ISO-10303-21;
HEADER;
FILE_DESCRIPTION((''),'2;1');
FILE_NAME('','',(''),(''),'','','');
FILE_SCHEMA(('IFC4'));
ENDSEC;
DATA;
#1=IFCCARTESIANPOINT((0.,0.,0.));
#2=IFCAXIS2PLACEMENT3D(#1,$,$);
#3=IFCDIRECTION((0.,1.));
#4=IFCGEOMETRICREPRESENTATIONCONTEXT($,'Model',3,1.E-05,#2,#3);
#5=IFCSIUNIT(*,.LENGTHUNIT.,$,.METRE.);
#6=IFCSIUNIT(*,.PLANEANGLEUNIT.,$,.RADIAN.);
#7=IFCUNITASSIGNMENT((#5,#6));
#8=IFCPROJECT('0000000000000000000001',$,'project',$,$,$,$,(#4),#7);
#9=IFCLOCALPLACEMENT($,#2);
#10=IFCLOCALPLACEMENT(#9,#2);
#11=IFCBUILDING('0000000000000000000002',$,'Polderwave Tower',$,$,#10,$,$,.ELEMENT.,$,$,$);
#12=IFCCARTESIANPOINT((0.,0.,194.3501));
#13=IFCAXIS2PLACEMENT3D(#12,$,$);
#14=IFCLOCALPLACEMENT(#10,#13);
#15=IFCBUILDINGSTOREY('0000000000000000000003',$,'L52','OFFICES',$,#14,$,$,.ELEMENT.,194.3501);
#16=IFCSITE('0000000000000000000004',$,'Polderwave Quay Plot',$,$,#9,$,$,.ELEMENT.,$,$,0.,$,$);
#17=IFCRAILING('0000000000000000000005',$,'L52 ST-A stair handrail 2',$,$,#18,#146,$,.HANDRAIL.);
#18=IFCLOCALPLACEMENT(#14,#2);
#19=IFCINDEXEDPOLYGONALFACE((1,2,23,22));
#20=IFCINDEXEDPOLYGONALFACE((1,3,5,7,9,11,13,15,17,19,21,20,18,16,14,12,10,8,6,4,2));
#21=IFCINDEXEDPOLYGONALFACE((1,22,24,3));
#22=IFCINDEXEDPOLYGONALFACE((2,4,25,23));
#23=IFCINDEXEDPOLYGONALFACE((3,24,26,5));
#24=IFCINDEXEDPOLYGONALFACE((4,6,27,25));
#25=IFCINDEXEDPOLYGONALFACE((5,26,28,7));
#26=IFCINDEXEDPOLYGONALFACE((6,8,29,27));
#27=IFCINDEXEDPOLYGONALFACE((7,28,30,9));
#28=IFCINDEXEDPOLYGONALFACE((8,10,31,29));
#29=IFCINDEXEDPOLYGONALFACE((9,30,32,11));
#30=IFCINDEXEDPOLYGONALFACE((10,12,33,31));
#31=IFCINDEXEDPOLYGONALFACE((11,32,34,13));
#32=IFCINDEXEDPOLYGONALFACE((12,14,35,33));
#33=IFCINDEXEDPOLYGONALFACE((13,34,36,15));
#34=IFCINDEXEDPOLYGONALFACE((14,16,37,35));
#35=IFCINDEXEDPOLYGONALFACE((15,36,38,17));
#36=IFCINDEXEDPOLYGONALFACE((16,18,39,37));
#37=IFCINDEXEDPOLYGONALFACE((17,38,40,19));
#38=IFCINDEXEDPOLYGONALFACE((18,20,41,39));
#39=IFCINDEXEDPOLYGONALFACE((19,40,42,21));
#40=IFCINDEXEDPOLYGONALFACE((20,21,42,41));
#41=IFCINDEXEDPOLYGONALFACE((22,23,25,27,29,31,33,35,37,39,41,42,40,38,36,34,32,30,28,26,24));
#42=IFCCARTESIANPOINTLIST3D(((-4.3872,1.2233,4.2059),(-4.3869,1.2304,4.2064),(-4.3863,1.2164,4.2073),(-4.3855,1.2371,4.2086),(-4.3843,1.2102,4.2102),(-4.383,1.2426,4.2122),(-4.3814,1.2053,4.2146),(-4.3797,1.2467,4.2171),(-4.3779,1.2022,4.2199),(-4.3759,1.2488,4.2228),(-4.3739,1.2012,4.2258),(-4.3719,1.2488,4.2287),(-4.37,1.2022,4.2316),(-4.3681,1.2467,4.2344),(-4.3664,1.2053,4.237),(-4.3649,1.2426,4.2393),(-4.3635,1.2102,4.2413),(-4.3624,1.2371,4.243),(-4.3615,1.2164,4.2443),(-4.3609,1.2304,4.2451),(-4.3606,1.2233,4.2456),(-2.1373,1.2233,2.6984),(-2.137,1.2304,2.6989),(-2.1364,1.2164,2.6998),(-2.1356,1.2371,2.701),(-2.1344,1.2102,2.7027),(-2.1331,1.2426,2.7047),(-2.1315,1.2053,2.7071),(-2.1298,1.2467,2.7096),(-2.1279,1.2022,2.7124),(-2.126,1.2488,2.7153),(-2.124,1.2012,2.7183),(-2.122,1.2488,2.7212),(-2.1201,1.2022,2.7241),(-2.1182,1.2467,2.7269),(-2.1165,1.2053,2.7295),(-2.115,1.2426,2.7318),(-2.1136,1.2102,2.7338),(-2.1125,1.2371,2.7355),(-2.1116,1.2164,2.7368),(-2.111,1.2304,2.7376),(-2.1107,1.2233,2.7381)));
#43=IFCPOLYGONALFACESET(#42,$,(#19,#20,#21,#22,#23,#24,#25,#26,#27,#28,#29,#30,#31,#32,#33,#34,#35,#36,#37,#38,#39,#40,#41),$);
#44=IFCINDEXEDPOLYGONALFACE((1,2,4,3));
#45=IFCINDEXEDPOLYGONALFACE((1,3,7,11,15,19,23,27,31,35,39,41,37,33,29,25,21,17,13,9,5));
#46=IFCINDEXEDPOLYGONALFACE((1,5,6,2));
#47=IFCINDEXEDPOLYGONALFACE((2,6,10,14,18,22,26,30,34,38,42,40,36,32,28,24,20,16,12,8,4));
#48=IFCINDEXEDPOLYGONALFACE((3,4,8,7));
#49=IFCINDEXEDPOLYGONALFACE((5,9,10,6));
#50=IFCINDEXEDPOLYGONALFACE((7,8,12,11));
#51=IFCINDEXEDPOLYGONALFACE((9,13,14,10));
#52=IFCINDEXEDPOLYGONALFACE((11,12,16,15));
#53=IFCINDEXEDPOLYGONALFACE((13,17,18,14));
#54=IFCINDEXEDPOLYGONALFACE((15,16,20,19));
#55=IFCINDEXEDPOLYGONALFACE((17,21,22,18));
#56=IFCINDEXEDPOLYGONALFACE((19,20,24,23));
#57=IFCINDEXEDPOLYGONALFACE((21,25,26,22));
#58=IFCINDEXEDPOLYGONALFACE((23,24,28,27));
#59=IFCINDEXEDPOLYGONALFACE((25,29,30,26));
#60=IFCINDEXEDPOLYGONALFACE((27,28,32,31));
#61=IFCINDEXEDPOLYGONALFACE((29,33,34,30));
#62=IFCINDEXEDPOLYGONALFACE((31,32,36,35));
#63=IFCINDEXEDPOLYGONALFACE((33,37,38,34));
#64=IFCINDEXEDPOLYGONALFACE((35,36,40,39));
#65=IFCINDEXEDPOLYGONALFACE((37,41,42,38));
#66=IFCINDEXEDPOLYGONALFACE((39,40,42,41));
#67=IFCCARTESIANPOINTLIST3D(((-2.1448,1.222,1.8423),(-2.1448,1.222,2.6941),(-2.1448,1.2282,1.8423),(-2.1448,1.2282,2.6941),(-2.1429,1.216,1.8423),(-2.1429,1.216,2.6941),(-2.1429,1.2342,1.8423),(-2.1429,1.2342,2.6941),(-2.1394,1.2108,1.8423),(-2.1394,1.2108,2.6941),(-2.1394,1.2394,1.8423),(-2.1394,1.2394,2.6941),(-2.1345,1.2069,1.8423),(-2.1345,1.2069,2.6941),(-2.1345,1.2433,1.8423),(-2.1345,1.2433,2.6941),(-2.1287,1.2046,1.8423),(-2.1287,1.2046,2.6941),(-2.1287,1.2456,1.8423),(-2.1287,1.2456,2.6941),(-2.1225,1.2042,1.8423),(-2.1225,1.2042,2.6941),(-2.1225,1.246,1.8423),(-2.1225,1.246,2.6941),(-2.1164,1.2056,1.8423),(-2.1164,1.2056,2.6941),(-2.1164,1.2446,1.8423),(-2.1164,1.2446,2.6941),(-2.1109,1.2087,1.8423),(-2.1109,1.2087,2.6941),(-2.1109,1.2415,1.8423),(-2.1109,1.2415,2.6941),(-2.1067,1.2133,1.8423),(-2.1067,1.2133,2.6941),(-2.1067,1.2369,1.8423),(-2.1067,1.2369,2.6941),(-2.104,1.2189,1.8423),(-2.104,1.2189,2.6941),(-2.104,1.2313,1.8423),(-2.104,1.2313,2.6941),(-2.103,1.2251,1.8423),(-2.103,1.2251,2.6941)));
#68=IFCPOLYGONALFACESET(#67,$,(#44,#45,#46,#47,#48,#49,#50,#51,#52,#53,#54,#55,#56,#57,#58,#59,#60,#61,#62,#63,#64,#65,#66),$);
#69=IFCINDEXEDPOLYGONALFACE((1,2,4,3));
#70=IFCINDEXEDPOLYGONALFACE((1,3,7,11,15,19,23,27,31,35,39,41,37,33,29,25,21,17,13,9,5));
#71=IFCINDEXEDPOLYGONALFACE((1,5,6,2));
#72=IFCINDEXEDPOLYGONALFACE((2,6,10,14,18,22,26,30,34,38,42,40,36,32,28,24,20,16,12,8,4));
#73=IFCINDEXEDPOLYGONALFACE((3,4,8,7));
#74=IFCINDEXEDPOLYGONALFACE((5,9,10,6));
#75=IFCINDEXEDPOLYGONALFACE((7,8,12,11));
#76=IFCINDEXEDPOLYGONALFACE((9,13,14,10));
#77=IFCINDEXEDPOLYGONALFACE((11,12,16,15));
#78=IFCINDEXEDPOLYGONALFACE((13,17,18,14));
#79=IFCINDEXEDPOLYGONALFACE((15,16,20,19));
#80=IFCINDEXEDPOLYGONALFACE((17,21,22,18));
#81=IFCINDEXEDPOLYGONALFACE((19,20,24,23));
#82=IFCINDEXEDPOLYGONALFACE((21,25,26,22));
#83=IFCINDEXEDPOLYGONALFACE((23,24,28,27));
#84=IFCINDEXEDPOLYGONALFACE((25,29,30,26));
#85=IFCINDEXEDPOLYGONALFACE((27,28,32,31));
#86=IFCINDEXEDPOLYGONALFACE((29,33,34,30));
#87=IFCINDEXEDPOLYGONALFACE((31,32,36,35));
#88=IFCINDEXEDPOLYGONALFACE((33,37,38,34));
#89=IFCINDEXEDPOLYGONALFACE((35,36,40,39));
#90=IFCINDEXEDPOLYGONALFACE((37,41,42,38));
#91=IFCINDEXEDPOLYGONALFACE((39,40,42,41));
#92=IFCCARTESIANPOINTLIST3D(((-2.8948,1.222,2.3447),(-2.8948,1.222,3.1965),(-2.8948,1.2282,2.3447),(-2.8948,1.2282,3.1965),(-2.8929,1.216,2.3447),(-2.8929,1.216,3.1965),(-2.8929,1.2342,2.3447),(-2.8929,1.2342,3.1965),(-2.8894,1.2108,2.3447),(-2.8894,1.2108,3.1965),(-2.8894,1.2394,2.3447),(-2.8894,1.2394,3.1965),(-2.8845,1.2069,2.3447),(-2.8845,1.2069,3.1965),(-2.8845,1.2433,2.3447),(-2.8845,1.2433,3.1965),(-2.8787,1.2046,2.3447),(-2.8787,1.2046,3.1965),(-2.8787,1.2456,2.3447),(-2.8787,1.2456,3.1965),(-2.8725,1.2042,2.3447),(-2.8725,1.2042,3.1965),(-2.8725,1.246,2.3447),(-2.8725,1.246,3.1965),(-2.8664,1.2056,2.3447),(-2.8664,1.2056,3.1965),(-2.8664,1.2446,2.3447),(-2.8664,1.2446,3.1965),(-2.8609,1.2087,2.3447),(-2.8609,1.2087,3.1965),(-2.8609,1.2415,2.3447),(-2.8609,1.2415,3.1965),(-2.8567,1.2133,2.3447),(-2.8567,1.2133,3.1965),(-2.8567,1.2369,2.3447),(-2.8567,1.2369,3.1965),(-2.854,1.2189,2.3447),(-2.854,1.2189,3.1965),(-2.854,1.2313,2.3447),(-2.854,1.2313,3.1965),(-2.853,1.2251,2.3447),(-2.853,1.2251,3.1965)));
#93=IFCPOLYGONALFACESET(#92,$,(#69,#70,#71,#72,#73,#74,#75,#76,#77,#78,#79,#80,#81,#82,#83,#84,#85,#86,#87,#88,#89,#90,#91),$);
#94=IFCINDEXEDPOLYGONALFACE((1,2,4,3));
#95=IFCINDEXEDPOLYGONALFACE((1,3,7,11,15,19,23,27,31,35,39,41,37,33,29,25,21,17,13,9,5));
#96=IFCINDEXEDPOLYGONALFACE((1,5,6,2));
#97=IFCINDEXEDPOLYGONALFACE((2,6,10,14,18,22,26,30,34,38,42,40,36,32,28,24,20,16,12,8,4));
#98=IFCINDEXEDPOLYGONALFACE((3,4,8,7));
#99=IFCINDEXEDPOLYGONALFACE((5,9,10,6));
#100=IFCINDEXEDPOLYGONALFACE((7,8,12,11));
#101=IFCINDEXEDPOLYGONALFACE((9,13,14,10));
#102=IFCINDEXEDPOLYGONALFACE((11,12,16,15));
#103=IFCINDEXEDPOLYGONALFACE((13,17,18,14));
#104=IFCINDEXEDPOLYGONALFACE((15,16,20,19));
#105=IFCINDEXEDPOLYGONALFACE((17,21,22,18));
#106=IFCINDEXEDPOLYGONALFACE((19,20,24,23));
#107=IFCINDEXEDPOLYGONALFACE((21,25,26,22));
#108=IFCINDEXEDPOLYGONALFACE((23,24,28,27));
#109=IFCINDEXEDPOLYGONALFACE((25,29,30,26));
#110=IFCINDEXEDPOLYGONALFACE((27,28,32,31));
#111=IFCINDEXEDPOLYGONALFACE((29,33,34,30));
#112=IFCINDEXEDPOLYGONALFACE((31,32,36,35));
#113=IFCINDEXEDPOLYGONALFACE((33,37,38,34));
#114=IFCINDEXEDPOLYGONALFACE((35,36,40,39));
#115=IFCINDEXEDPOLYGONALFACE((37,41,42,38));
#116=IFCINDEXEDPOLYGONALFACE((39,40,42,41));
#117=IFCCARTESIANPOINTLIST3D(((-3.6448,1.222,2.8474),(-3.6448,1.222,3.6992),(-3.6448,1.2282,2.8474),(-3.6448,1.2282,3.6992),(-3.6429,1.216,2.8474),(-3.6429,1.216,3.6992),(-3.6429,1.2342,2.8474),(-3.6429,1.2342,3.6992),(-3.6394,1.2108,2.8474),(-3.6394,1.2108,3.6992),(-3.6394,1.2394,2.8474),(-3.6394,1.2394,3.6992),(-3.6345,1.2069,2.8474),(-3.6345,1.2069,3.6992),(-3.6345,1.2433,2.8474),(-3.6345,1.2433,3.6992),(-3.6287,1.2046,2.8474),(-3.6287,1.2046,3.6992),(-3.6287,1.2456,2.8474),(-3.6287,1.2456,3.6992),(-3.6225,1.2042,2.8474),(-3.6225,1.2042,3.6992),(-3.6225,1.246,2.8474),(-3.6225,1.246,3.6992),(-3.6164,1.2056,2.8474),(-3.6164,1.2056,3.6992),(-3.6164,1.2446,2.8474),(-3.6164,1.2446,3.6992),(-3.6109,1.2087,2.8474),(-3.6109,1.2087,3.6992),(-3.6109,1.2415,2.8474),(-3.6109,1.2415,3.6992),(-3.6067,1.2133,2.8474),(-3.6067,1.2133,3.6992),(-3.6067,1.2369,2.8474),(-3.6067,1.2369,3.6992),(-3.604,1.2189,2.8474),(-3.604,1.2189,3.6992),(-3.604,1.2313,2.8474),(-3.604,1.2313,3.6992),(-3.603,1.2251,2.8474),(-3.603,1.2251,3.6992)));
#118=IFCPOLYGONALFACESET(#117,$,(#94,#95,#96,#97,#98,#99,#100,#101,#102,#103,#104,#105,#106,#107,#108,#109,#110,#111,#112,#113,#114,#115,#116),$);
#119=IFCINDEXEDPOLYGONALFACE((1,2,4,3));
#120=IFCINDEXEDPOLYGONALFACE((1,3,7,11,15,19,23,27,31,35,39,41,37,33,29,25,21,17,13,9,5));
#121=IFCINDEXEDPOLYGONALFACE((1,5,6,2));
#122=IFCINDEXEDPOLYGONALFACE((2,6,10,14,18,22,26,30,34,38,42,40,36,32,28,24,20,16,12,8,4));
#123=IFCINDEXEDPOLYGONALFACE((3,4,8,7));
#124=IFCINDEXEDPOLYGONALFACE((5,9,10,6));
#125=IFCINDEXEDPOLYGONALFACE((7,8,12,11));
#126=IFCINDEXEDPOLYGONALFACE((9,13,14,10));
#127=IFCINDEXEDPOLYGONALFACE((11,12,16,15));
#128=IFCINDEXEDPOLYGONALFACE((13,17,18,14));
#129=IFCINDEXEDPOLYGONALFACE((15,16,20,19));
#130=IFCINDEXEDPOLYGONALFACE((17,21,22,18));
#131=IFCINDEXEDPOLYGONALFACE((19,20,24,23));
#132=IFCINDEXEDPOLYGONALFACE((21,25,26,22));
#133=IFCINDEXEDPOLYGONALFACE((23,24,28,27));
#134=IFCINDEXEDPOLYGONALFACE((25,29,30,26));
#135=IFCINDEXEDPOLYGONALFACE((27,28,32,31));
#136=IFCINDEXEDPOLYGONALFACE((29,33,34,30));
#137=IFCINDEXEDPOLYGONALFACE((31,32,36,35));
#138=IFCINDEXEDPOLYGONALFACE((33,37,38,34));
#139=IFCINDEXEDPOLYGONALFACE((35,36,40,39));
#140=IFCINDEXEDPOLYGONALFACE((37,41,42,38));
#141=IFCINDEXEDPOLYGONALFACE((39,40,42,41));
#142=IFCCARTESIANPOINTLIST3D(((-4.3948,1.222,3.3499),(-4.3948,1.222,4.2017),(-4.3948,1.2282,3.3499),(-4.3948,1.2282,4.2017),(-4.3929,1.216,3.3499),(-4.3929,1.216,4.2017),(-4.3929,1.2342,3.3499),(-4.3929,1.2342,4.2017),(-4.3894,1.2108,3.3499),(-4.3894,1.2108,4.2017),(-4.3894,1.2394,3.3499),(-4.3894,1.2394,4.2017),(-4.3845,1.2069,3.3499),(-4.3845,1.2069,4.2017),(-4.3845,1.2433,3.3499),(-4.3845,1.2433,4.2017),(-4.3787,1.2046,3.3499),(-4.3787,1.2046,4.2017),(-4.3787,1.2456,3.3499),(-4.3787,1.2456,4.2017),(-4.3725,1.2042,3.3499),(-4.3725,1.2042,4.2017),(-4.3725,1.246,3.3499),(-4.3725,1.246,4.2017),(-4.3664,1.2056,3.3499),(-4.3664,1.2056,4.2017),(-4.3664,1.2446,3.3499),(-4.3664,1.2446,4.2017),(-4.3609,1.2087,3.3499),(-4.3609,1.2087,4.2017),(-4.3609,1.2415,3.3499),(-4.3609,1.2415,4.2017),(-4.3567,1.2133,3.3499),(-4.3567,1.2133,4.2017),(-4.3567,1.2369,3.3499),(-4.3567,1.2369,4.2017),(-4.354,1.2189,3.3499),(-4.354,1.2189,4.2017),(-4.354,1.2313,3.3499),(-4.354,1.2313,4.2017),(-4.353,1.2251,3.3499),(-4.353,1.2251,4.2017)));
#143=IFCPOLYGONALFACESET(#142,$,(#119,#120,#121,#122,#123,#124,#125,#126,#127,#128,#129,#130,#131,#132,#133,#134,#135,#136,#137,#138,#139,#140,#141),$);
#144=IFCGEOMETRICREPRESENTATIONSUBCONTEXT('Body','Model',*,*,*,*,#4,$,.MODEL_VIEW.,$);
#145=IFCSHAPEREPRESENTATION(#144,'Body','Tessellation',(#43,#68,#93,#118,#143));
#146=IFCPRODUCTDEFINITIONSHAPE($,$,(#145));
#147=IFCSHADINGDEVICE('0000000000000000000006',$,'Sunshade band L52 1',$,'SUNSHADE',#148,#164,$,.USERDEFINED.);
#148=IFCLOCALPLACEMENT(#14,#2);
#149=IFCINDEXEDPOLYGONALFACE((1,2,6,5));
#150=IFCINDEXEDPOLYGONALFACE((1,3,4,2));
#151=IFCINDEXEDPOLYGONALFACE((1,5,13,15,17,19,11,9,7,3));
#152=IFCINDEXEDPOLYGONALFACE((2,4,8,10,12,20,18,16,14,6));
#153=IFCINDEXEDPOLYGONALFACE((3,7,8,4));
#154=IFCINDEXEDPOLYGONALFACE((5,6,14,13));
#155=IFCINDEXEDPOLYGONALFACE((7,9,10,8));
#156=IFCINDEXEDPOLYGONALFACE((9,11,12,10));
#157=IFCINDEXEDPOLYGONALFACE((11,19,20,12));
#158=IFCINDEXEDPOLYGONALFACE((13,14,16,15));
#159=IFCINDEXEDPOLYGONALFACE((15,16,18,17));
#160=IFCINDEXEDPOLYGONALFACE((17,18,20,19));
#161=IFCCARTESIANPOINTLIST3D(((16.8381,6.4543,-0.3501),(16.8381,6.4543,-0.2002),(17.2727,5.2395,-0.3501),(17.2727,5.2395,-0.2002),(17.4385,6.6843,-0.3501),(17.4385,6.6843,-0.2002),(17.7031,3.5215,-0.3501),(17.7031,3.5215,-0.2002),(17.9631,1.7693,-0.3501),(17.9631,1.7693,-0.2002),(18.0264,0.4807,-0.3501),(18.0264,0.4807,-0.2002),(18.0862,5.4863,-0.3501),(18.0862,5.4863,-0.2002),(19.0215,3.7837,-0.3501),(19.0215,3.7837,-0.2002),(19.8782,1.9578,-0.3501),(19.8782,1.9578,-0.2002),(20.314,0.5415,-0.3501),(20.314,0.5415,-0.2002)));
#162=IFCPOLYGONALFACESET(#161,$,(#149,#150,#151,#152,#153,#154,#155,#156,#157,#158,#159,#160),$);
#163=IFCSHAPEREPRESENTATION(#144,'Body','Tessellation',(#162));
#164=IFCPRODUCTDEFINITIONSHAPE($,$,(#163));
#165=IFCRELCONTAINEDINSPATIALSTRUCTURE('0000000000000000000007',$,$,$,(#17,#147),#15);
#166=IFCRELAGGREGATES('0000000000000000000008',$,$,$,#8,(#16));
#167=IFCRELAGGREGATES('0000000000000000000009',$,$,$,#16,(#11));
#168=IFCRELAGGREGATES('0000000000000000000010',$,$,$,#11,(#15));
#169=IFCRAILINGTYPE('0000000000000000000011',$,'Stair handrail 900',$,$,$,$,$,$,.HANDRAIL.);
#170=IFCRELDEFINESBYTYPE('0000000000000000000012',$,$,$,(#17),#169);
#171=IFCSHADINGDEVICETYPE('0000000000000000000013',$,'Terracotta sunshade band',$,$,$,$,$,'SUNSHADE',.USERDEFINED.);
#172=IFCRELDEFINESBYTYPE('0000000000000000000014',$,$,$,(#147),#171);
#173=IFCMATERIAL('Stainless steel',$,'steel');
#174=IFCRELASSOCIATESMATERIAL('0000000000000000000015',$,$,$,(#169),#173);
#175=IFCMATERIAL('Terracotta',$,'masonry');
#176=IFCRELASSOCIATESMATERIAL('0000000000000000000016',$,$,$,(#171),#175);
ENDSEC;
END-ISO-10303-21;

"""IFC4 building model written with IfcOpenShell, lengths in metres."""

from ifc_helpers import new_model, si_unit, direction, frame, origin, origin_2d, place, context, subcontext, project, spatial, polyline, circle, outline, extrude, material, type_object, element, save


model = new_model("IFC4")

# Units and contexts
model_context = context("Model", 3, precision=1e-05, world=origin(), true_north=direction((0.0, 1.0)))
body_context = subcontext(model_context, "Body", "Model", "MODEL_VIEW")
ifc_project = project(units=[si_unit("LENGTHUNIT", "METRE"), si_unit("PLANEANGLEUNIT", "RADIAN")], contexts=[model_context])

# Site, building, storey
site_placement = place(None, origin())
site = spatial("IfcSite", under=ifc_project, at=site_placement, Name="Polderwave Quay Plot", CompositionType="ELEMENT", RefElevation=0.0)
building_placement = place(site_placement, origin())
building = spatial("IfcBuilding", under=site, at=building_placement, Name="Polderwave Tower", CompositionType="ELEMENT")
storey_placement = place(building_placement, frame((0.0, 0.0, 194.3501)))
storey = spatial("IfcBuildingStorey", under=building, at=storey_placement, Name="L52", Description="OFFICES", CompositionType="ELEMENT", Elevation=194.3501)

# Shared definitions
ifc_material_1 = material(Name="Stainless steel", Category="steel")

# Railing
railing_type_1 = type_object("IfcRailingType", Name="Stair handrail 900", PredefinedType="HANDRAIL", material=ifc_material_1)
railing_1_placement = place(storey_placement, frame((-2.124, 1.2251, 1.8423)))
element("IfcRailing", 1, at=railing_1_placement, inside=storey, type_object=railing_type_1, Name="L52 ST-A stair handrail 2", PredefinedType="HANDRAIL", context=body_context, shape_type="SweptSolid", body=[
    extrude(circle(Radius=0.0239, at=origin_2d()), frame((0.0, 0.0, 0.876), z_axis=(-0.830758, 0.0, 0.556633), x_axis=(0.0, -1.0, 0.0)), (0.0, 0.0, 1.0), 2.7083),
    extrude(circle(Radius=0.021, at=origin_2d()), origin(), (0.0, 0.0, 1.0), 0.8518),
    extrude(circle(Radius=0.021, at=origin_2d()), frame((-0.75, 0.0, 0.5024)), (0.0, 0.0, 1.0), 0.8518),
    extrude(circle(Radius=0.021, at=origin_2d()), frame((-1.5, 0.0, 1.0051)), (0.0, 0.0, 1.0), 0.8518),
    extrude(circle(Radius=0.021, at=origin_2d()), frame((-2.25, 0.0, 1.5076)), (0.0, 0.0, 1.0), 0.8518),
])

# Shading device
ifc_material_2 = material(Name="Terracotta", Category="masonry")
shading_device_type = type_object("IfcShadingDeviceType", Name="Terracotta sunshade band", ElementType="SUNSHADE", PredefinedType="USERDEFINED", material=ifc_material_2)
shading_device_placement = place(storey_placement, frame((0.0, 0.0, -0.3501)))
element("IfcShadingDevice", 2, at=shading_device_placement, inside=storey, type_object=shading_device_type, Name="Sunshade band L52 1", ObjectType="SUNSHADE", PredefinedType="USERDEFINED", context=body_context, shape_type="SweptSolid", body=[
    extrude(outline(polyline([(18.0264, 0.4807), (17.9631, 1.7693), (17.7031, 3.5215), (17.2727, 5.2395), (16.8381, 6.4543), (17.4385, 6.6843), (18.0862, 5.4863), (19.0215, 3.7837), (19.8782, 1.9578), (20.314, 0.5415), (18.0264, 0.4807)])), origin(), (0.0, 0.0, 1.0), 0.1499),
])

save(model, "model.ifc")
